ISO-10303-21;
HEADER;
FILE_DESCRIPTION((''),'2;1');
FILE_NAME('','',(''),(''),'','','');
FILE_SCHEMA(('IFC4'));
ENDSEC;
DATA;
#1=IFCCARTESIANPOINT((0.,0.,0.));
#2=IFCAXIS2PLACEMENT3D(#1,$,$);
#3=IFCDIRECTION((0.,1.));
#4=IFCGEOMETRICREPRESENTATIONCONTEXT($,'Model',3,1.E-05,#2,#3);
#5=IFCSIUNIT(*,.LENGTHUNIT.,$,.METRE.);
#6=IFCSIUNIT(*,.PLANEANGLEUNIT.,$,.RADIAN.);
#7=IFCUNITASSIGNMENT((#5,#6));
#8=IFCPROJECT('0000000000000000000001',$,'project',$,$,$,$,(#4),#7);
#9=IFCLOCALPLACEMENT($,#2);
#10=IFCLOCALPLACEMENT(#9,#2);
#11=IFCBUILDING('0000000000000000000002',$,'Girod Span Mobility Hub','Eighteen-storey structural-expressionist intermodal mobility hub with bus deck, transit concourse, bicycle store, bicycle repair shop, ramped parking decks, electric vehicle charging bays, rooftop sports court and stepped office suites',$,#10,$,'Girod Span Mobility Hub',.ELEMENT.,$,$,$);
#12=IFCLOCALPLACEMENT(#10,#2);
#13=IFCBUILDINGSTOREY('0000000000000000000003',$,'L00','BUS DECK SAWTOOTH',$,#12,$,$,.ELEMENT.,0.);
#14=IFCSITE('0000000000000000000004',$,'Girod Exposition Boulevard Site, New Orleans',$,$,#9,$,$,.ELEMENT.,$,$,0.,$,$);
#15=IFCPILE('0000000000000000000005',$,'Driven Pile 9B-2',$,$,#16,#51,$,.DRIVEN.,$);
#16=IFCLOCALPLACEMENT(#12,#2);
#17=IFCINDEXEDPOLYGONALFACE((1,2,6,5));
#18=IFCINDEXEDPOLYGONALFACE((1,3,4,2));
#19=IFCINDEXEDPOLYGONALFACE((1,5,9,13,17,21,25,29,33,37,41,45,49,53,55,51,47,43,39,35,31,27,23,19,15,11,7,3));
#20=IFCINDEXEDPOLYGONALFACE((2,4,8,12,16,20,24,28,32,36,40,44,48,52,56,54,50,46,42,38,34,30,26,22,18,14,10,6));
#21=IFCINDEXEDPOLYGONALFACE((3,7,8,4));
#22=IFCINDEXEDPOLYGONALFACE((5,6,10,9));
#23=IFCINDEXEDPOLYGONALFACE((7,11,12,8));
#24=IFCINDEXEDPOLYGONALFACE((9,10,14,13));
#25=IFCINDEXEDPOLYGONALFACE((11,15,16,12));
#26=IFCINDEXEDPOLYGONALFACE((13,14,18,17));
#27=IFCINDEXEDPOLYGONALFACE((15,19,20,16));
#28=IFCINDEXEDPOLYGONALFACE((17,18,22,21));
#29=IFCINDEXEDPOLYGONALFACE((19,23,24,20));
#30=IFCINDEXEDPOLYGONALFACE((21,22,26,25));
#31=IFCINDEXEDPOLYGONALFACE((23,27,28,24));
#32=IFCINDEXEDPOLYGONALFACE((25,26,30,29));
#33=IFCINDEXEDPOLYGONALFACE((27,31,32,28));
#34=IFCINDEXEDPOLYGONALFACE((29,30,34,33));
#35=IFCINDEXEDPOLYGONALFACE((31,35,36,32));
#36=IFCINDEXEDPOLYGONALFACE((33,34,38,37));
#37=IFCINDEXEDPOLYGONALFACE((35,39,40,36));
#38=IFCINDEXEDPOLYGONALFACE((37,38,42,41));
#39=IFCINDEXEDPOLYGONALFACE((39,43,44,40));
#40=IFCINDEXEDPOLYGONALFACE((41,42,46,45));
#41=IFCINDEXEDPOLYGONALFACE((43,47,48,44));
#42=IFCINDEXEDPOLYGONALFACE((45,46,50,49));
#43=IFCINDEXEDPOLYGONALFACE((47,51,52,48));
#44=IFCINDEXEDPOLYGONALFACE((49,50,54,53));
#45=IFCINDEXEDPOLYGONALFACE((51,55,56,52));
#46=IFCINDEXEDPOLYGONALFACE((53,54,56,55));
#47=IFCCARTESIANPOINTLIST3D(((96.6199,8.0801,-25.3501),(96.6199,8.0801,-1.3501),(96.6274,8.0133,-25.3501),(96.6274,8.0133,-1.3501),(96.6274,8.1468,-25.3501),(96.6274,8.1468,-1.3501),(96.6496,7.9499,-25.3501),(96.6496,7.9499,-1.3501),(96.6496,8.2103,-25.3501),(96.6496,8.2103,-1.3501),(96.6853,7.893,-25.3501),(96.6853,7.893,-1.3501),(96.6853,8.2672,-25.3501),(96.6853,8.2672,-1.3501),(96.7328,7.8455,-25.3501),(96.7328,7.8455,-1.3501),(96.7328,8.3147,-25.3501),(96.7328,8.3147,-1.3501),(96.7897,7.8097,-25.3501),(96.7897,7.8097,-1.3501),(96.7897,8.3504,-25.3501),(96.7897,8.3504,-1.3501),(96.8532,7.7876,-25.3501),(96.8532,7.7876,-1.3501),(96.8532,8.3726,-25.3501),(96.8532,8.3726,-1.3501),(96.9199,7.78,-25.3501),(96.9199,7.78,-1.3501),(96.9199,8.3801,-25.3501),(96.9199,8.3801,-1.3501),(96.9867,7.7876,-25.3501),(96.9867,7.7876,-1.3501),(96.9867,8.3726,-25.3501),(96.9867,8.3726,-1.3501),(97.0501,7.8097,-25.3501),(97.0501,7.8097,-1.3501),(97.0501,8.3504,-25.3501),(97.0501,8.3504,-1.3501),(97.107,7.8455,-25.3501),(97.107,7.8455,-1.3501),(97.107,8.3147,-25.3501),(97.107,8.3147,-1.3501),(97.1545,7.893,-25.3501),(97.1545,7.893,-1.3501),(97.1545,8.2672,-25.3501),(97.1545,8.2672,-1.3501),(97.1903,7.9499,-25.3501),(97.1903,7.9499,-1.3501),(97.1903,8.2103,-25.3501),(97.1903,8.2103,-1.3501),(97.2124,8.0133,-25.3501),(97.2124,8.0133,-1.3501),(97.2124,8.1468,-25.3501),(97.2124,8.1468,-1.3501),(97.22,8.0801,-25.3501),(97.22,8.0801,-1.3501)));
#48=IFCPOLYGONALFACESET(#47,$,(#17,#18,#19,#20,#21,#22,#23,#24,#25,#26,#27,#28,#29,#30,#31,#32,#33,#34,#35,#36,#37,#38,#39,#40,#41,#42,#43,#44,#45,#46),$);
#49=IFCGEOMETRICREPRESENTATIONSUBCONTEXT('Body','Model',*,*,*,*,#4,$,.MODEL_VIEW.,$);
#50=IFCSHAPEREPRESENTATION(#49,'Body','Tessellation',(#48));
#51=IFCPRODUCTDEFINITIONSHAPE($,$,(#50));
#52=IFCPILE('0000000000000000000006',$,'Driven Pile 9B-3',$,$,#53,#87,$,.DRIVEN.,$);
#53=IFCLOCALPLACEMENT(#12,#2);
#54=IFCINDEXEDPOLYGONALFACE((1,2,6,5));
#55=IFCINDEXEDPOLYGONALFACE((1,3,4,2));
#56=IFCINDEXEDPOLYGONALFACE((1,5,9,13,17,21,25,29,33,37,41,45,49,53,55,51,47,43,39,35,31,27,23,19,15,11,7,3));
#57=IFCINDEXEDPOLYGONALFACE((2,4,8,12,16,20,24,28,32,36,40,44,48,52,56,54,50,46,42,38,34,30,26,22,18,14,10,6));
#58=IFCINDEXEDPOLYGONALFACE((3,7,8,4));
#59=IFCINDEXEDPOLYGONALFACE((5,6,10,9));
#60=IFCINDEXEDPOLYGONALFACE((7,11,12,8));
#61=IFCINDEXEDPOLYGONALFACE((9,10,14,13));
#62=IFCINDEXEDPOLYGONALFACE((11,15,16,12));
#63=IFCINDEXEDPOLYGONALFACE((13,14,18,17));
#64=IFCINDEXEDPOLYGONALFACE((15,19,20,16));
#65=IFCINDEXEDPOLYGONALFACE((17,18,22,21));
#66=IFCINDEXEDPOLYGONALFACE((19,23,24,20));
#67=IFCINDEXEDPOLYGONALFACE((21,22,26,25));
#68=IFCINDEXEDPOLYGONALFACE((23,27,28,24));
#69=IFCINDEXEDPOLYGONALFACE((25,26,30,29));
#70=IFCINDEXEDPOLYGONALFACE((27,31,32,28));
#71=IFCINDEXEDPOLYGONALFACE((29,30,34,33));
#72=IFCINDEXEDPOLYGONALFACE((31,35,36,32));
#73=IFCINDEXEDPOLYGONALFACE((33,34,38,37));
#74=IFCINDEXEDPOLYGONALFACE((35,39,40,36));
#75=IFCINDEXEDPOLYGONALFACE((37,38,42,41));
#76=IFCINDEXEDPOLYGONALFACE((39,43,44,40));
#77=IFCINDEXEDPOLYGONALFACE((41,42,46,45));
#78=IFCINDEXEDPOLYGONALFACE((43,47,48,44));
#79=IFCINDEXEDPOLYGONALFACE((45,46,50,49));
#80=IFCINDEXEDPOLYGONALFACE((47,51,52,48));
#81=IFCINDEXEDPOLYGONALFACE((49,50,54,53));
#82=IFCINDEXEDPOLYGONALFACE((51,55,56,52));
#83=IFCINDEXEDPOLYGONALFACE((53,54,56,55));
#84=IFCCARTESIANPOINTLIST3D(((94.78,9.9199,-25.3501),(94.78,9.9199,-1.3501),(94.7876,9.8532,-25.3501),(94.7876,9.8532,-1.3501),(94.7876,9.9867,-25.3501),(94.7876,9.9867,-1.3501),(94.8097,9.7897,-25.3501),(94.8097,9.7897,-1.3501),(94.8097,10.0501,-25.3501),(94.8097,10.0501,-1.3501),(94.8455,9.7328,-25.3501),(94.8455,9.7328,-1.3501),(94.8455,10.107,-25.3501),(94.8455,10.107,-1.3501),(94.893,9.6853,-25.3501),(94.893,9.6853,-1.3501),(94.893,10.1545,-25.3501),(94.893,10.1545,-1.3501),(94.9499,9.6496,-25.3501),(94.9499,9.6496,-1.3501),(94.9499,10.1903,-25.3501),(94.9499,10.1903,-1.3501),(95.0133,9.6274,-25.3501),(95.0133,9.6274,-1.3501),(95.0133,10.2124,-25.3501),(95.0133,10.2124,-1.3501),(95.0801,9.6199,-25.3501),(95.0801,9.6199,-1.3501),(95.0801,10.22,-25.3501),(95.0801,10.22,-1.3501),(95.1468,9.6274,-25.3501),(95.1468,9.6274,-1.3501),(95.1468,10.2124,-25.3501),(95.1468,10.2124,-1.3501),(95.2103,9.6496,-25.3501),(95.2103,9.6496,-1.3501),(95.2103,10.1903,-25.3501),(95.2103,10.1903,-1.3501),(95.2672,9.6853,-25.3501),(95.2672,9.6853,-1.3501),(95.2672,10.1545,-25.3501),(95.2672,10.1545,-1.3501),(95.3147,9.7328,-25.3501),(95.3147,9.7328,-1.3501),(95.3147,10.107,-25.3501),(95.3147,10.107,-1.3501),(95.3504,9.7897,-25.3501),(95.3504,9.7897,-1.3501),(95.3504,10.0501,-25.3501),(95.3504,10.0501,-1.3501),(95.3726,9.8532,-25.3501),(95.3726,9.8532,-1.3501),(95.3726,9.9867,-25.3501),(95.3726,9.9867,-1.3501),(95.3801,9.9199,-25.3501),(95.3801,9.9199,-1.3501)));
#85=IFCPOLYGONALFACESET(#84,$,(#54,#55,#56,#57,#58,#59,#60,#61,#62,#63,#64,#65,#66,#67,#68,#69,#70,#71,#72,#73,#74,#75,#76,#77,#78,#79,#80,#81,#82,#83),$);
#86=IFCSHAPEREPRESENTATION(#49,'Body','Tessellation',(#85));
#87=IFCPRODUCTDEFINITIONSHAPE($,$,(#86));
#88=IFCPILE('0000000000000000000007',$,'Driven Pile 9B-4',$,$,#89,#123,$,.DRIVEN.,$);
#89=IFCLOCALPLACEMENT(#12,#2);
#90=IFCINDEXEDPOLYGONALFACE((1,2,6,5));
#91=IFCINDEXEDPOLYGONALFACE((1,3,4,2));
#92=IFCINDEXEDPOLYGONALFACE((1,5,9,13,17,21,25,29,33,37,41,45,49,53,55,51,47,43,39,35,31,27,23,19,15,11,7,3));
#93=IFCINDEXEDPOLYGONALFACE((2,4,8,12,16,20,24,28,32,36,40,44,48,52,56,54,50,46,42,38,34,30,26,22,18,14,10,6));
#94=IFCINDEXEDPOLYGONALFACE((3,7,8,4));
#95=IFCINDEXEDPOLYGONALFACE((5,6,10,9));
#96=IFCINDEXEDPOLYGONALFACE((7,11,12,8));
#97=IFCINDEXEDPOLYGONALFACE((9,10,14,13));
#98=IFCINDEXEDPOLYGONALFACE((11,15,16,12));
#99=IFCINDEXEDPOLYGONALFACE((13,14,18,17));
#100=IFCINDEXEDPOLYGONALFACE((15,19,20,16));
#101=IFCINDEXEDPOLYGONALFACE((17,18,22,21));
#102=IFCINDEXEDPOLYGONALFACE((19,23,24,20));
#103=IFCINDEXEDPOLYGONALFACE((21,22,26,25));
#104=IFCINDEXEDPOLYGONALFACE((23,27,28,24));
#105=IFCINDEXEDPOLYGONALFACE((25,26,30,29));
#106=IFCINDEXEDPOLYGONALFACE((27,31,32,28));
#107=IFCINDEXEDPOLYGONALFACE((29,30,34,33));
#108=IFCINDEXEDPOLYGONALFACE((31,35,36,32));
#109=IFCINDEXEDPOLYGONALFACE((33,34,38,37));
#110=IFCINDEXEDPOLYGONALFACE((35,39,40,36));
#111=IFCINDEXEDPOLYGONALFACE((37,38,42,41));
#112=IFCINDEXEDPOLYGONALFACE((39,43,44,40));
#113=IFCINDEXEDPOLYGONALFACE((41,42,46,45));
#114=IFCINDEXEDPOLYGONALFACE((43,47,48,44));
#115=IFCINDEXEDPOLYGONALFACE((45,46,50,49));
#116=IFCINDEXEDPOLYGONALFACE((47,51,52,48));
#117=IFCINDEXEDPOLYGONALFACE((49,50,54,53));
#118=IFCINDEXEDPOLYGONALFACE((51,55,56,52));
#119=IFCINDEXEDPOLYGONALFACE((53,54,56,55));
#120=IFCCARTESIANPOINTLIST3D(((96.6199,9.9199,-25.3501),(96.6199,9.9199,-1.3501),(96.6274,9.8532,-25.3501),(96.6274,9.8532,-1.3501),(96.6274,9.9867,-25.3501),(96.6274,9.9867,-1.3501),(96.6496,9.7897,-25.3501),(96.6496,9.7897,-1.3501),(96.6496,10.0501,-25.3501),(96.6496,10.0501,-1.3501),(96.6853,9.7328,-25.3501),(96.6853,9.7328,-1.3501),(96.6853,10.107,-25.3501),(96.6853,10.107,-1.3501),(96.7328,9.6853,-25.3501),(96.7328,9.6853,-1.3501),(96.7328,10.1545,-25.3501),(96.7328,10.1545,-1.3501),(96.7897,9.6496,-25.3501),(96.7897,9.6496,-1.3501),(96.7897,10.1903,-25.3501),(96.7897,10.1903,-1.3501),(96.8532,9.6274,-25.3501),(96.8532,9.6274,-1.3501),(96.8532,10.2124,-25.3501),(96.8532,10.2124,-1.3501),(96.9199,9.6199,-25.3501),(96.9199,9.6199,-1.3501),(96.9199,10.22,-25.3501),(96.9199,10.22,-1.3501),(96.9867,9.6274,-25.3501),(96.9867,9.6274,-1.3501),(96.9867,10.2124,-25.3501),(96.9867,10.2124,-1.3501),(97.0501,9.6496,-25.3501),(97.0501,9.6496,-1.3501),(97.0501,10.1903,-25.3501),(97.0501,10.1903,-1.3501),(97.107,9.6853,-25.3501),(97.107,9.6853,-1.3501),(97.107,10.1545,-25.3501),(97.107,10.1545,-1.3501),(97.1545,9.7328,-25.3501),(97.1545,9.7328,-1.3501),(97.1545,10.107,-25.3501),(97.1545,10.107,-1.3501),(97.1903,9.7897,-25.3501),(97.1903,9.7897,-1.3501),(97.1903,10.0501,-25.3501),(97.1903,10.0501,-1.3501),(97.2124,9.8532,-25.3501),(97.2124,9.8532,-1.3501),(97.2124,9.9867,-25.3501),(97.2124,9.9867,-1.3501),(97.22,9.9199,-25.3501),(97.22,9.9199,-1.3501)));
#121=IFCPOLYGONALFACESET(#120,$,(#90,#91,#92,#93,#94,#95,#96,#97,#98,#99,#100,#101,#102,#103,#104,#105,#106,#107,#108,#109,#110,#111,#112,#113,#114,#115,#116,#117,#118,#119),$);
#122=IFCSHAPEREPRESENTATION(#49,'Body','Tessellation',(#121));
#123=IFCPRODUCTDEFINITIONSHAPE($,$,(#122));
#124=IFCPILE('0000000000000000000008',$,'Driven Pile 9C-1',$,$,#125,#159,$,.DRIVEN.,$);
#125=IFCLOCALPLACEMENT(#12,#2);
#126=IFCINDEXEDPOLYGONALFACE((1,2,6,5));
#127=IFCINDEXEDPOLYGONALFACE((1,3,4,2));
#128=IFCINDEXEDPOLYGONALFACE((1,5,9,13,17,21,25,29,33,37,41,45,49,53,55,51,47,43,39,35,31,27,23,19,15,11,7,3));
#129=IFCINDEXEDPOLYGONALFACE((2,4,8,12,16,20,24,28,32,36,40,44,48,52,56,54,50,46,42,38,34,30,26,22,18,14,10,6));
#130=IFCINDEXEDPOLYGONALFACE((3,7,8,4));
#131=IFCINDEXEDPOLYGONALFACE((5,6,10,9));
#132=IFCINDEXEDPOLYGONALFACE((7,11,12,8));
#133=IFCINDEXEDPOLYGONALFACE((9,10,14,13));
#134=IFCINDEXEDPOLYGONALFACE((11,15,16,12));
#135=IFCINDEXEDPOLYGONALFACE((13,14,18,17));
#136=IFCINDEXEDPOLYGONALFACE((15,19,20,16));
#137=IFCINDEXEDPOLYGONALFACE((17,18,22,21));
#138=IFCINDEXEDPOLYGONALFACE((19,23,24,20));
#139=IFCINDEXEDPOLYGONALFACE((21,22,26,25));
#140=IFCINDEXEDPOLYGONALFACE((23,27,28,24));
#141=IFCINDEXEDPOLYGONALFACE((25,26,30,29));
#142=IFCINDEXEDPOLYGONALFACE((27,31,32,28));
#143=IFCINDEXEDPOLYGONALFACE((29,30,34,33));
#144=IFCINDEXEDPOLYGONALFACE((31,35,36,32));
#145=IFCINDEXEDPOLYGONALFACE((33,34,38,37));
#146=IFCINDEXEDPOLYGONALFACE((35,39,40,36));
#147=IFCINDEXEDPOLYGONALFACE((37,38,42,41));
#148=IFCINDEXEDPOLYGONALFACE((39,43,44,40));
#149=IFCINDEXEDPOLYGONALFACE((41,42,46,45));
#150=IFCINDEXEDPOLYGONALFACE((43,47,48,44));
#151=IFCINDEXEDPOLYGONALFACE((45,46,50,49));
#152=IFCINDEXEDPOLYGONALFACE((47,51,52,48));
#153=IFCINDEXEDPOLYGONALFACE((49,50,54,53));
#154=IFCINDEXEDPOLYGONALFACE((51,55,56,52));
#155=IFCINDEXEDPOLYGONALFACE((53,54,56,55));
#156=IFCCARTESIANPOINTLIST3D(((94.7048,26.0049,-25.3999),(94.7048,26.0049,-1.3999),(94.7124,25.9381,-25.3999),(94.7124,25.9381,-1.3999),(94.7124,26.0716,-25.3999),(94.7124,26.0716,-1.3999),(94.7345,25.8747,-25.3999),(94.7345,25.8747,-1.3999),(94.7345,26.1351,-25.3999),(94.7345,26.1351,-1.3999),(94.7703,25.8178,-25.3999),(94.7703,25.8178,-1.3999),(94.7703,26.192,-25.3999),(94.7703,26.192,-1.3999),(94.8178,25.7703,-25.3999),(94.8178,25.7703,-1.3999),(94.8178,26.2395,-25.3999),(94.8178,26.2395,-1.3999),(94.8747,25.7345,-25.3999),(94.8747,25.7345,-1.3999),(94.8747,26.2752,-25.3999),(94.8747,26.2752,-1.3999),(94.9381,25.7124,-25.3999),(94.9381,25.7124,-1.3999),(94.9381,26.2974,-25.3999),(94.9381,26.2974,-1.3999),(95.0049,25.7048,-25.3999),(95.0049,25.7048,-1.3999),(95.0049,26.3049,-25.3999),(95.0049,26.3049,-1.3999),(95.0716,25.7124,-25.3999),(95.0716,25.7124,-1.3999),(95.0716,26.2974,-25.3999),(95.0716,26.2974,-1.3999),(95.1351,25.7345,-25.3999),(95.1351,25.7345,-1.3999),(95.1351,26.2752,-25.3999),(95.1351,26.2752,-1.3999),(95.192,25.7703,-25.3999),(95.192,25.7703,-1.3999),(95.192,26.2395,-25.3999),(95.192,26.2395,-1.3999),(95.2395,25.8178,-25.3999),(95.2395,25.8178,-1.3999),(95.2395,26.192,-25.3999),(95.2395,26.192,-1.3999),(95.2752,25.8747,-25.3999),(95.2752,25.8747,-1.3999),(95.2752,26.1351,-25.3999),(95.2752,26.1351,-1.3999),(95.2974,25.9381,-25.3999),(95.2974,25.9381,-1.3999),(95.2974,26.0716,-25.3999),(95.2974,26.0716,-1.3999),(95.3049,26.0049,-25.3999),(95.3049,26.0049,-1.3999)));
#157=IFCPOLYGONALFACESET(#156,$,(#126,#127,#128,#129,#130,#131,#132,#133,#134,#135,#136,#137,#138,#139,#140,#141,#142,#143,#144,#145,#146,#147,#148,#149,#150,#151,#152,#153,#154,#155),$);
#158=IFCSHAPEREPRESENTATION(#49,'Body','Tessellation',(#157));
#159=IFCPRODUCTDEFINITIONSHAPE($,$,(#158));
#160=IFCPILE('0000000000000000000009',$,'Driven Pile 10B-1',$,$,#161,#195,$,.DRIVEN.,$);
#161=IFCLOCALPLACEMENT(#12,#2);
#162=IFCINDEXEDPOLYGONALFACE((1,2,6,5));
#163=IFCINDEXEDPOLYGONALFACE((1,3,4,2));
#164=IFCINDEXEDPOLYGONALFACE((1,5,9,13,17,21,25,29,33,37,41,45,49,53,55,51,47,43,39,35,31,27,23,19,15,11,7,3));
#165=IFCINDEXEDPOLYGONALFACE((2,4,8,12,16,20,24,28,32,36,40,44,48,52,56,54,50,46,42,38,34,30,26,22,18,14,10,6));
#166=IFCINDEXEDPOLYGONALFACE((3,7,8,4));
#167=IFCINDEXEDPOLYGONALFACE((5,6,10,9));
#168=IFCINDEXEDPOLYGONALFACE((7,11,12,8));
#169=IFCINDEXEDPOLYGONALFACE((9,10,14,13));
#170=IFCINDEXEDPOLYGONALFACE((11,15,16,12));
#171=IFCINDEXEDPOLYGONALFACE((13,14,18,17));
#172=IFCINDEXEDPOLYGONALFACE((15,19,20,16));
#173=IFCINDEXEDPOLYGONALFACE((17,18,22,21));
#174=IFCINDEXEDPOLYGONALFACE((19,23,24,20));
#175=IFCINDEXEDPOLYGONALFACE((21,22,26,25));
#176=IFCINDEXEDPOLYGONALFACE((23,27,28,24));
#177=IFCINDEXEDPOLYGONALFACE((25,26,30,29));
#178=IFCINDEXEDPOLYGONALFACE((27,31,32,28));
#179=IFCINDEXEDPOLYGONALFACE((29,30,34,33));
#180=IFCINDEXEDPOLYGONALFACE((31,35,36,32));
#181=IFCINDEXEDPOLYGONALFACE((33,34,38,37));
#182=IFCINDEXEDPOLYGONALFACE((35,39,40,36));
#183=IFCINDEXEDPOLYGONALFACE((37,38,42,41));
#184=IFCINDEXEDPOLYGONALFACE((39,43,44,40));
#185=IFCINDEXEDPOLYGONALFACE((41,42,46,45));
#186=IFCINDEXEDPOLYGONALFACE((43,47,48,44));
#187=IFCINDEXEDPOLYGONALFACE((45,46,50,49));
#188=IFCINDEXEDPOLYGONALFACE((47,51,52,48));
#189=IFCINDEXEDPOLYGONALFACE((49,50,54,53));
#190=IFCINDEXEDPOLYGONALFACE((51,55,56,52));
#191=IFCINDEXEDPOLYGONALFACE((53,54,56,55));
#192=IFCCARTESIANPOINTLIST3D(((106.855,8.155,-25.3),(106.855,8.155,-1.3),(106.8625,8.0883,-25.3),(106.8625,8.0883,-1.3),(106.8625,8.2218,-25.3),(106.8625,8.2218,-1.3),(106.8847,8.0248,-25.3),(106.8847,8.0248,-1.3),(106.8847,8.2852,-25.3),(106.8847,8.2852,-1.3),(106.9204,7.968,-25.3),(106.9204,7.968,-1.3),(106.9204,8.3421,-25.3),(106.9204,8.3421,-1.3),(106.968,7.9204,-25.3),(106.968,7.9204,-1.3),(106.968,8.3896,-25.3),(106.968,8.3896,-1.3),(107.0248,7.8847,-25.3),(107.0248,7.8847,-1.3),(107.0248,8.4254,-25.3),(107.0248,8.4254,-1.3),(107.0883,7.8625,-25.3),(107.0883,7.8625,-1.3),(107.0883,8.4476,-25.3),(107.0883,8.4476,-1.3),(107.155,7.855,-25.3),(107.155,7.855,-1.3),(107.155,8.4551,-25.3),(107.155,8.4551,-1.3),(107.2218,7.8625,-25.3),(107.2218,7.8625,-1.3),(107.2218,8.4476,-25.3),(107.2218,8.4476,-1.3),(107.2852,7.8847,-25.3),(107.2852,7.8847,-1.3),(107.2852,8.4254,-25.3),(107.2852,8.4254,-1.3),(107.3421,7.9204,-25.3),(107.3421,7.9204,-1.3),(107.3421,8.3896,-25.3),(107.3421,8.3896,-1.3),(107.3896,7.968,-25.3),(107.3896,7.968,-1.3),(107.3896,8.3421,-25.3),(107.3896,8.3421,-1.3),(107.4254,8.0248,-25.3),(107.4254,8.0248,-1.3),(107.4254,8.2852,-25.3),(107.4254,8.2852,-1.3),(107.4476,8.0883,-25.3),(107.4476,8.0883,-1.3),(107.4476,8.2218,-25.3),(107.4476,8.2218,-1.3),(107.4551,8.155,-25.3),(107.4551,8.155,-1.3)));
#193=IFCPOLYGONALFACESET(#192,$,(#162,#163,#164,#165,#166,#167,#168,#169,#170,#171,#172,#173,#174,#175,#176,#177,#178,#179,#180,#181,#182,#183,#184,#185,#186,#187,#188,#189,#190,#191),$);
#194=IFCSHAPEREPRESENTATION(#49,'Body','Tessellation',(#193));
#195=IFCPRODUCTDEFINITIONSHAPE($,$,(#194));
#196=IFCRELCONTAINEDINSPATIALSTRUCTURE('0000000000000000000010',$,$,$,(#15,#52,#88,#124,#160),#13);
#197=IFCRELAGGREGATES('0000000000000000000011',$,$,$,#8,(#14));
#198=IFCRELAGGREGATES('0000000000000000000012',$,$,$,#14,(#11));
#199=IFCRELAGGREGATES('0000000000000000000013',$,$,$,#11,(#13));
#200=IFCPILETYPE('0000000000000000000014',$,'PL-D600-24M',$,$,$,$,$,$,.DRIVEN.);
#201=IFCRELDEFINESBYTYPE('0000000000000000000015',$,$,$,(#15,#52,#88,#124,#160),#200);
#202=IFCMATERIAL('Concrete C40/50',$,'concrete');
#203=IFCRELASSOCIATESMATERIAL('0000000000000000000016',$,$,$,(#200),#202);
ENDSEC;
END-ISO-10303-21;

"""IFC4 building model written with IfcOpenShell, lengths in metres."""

from ifc_helpers import new_model, si_unit, direction, frame, origin, origin_2d, place, context, subcontext, project, spatial, circle, extrude, material, material_profile, profile_set, type_object, element, save


model = new_model("IFC4")

# Units and contexts
model_context = context("Model", 3, precision=1e-05, world=origin(), true_north=direction((0.0, 1.0)))
body_context = subcontext(model_context, "Body", "Model", "MODEL_VIEW")
ifc_project = project(units=[si_unit("LENGTHUNIT", "METRE"), si_unit("PLANEANGLEUNIT", "RADIAN")], contexts=[model_context])

# Site, building, storey
site_placement = place(None, origin())
site = spatial("IfcSite", under=ifc_project, at=site_placement, Name="Girod Exposition Boulevard Site, New Orleans", CompositionType="ELEMENT", RefElevation=0.0)
building_placement = place(site_placement, origin())
building = spatial("IfcBuilding", under=site, at=building_placement, Name="Girod Span Mobility Hub", Description="Eighteen-storey structural-expressionist intermodal mobility hub with bus deck, transit concourse, bicycle store, bicycle repair shop, ramped parking decks, electric vehicle charging bays, rooftop sports court and stepped office suites", LongName="Girod Span Mobility Hub", CompositionType="ELEMENT")
storey_placement = place(building_placement, origin())
storey = spatial("IfcBuildingStorey", under=building, at=storey_placement, Name="L00", Description="BUS DECK SAWTOOTH", CompositionType="ELEMENT", Elevation=0.0)

# Piles
ifc_material_1 = material(Name="Concrete C40/50", Category="concrete")
ifc_material_profile_1 = material_profile(ifc_material_1, circle(Radius=0.3, at=origin_2d()), Name="PILE-D600")
ifc_profile_set_1 = profile_set([ifc_material_profile_1], Name="Concrete C40/50")
pile_type = type_object("IfcPileType", Name="PL-D600-24M", PredefinedType="DRIVEN", material=ifc_profile_set_1)
for number, where, z_axis, x_axis, name in (
    (1, (96.9199, 8.0801, -1.3501), (0.0, 0.0, -1.0), (1.0, 0.0, 0.0), "Driven Pile 9B-2"),
    (2, (95.0801, 9.9199, -1.3501), (0.0, 0.0, -1.0), (1.0, 0.0, 0.0), "Driven Pile 9B-3"),
    (3, (96.9199, 9.9199, -1.3501), (0.0, 0.0, -1.0), (1.0, 0.0, 0.0), "Driven Pile 9B-4"),
    (4, (95.0049, 26.0049, -1.3999), (0.0, 0.0, -1.0), (1.0, 0.0, 0.0), "Driven Pile 9C-1"),
    (5, (107.155, 8.155, -1.3), (0.0, 0.0, -1.0), (1.0, 0.0, 0.0), "Driven Pile 10B-1"),
):
    element("IfcPile", number, at=place(storey_placement, frame(where, z_axis=z_axis, x_axis=x_axis)), inside=storey, type_object=pile_type, Name=name, PredefinedType="DRIVEN", context=body_context, shape_type="SweptSolid", body=[
        extrude(circle(Radius=0.3, at=origin_2d()), origin(), (0.0, 0.0, 1.0), 24.0),
    ])

save(model, "model.ifc")
